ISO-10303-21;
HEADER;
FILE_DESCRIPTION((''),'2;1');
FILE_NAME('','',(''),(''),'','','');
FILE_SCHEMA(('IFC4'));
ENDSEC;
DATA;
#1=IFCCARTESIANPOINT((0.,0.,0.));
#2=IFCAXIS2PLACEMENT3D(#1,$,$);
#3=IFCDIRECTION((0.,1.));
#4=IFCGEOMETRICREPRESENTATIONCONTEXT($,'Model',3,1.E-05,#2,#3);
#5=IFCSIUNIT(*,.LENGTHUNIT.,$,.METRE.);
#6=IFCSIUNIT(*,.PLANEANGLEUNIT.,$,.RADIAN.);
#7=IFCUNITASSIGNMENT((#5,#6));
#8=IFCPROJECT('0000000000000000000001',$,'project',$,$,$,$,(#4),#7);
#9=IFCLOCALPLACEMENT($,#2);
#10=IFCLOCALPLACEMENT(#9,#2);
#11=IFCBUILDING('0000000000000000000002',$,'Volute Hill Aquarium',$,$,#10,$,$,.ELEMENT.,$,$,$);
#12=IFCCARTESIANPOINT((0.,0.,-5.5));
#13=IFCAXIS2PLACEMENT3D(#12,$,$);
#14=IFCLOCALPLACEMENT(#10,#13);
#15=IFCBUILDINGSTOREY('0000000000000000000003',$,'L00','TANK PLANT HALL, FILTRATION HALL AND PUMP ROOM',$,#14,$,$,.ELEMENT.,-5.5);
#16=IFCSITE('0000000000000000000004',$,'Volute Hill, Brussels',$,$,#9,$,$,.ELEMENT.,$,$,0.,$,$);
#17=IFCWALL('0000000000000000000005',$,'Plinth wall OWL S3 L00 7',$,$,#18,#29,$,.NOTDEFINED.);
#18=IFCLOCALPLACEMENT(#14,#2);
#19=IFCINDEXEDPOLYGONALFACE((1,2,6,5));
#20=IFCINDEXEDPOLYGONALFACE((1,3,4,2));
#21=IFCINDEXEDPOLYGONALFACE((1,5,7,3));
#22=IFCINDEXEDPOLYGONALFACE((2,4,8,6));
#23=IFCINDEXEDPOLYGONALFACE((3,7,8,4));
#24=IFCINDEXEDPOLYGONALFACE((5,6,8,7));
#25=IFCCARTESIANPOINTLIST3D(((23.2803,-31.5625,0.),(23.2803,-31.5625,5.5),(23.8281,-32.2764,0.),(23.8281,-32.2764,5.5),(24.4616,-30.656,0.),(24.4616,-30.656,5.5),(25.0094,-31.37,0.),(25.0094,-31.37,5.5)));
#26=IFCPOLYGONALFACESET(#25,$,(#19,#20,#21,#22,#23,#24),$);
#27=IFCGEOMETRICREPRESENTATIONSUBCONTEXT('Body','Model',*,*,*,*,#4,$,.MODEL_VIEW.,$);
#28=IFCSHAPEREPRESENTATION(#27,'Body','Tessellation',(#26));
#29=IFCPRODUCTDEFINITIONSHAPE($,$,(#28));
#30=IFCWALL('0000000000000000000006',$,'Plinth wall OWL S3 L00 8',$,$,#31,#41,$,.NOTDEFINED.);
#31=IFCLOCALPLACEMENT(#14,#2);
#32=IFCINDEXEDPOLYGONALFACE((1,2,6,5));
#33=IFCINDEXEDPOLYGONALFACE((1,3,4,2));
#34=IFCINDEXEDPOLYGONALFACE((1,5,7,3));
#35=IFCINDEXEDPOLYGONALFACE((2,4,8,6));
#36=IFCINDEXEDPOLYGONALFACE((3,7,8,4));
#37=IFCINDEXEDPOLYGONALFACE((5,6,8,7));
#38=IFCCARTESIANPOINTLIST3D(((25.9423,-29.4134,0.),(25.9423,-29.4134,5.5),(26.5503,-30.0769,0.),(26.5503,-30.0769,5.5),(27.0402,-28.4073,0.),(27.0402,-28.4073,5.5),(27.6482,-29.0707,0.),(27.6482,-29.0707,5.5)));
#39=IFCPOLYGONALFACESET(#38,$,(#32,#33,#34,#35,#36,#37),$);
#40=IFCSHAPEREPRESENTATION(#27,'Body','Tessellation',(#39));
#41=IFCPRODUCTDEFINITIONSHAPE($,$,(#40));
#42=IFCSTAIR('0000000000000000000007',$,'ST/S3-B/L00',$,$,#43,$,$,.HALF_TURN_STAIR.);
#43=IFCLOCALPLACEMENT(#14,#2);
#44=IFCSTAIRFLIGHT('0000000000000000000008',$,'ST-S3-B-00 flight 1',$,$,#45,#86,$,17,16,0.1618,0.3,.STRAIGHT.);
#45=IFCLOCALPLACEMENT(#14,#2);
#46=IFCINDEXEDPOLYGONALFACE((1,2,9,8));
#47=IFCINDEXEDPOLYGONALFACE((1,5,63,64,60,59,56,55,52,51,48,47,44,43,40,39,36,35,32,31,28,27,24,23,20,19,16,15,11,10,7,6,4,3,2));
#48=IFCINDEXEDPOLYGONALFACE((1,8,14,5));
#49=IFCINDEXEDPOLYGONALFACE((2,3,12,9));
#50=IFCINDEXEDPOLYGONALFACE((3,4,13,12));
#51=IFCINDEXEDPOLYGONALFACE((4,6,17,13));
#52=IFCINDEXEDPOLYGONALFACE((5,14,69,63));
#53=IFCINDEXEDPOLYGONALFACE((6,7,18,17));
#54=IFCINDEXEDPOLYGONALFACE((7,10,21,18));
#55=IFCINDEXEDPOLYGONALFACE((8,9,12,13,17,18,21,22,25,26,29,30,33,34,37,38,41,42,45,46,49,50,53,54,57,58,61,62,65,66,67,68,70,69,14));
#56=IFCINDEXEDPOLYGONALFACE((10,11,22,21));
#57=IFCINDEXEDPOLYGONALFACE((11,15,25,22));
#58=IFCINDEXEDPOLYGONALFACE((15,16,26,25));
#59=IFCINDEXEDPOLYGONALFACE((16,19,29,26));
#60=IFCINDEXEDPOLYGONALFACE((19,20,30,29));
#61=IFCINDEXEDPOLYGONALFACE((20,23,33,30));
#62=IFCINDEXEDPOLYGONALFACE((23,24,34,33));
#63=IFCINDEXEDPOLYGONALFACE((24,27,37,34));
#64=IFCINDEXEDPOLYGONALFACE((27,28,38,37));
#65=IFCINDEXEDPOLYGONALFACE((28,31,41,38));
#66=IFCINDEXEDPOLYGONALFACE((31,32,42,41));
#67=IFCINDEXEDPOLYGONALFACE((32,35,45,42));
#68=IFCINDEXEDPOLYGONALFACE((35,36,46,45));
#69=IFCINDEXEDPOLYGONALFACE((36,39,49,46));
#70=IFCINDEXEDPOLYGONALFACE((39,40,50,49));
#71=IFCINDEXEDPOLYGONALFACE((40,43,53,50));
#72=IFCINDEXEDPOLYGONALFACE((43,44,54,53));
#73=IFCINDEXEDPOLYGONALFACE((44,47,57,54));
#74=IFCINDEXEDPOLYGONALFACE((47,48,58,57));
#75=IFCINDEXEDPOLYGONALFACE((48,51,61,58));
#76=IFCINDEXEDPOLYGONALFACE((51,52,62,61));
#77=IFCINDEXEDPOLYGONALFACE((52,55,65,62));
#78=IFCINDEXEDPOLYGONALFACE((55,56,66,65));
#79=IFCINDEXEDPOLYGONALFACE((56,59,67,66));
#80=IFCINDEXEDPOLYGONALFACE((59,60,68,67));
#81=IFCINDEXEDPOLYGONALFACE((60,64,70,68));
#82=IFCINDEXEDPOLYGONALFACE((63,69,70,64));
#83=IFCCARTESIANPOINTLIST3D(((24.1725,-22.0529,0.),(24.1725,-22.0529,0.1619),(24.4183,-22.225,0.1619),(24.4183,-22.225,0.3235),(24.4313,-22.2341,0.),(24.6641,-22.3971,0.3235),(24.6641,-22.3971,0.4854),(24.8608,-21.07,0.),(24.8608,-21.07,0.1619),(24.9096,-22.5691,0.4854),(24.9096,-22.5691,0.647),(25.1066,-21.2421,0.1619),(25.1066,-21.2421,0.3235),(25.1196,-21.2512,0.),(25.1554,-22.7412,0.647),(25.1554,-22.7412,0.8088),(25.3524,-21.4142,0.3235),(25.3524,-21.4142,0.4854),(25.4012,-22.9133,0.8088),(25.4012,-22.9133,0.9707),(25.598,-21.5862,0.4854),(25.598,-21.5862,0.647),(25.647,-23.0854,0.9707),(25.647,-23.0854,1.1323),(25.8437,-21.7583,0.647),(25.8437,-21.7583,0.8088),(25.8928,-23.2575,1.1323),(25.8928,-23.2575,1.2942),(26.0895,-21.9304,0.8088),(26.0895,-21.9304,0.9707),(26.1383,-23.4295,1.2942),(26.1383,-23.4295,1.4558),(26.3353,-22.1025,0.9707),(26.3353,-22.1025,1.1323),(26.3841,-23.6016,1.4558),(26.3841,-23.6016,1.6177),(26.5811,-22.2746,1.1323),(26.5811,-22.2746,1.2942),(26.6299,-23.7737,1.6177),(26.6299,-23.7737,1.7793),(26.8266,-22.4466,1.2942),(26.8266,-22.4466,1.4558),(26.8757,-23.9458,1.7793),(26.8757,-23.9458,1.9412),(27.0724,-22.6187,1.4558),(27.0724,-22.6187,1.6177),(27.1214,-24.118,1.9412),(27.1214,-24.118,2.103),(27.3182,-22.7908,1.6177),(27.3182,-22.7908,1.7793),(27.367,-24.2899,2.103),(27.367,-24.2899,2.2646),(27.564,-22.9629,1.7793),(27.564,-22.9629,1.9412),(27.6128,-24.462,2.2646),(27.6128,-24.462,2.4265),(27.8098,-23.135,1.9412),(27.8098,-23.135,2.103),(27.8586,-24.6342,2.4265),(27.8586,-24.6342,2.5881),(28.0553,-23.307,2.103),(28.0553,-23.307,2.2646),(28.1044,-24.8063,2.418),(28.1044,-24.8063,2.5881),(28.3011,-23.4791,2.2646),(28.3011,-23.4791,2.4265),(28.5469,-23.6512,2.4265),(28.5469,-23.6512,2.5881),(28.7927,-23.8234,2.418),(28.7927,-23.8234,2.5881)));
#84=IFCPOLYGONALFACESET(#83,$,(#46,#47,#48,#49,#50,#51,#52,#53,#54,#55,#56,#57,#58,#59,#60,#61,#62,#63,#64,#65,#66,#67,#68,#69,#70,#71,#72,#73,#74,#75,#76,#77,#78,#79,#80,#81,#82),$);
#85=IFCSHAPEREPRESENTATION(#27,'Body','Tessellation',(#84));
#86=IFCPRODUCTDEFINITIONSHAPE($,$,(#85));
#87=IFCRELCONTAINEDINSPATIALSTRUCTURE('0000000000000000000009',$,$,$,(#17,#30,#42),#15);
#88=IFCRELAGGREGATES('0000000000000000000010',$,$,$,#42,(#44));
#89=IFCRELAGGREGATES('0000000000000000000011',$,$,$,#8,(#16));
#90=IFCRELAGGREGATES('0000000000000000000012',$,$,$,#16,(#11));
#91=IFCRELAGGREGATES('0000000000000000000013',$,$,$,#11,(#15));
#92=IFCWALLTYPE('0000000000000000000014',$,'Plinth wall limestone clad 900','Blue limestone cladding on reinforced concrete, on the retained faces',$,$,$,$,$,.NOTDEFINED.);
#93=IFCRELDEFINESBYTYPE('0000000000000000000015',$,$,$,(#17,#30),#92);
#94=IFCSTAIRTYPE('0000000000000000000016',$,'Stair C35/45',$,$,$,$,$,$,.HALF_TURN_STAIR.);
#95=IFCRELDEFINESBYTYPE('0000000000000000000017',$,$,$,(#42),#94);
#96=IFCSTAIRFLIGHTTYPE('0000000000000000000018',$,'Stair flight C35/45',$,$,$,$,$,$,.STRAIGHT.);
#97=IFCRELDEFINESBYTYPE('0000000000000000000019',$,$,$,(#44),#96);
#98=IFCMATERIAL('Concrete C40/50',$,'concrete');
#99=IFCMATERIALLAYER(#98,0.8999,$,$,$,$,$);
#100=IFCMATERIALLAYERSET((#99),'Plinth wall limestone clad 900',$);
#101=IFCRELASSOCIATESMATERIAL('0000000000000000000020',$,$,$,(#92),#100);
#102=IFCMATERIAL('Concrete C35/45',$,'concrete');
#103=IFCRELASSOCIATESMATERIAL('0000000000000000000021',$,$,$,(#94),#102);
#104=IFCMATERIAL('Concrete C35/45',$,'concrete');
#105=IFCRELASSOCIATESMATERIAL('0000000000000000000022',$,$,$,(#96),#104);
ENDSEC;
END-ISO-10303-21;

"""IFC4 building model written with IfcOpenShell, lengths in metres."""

from ifc_helpers import new_model, si_unit, direction, frame, frame_2d, origin, place, context, subcontext, project, spatial, polyline, rectangle, outline, extrude, material, layer, layer_set, type_object, element, aggregate, save


model = new_model("IFC4")

# Units and contexts
model_context = context("Model", 3, precision=1e-05, world=origin(), true_north=direction((0.0, 1.0)))
body_context = subcontext(model_context, "Body", "Model", "MODEL_VIEW")
ifc_project = project(units=[si_unit("LENGTHUNIT", "METRE"), si_unit("PLANEANGLEUNIT", "RADIAN")], contexts=[model_context])

# Site, building, storey
site_placement = place(None, origin())
site = spatial("IfcSite", under=ifc_project, at=site_placement, Name="Volute Hill, Brussels", CompositionType="ELEMENT", RefElevation=0.0)
building_placement = place(site_placement, origin())
building = spatial("IfcBuilding", under=site, at=building_placement, Name="Volute Hill Aquarium", CompositionType="ELEMENT")
storey_placement = place(building_placement, frame((0.0, 0.0, -5.5)))
storey = spatial("IfcBuildingStorey", under=building, at=storey_placement, Name="L00", Description="TANK PLANT HALL, FILTRATION HALL AND PUMP ROOM", CompositionType="ELEMENT", Elevation=-5.5)

# Walls
ifc_material_1 = material(Name="Concrete C40/50", Category="concrete")
ifc_layer_1 = layer(ifc_material_1, 0.8999)
ifc_layer_set_1 = layer_set([ifc_layer_1], Name="Plinth wall limestone clad 900")
wall_type_1 = type_object("IfcWallType", Name="Plinth wall limestone clad 900", Description="Blue limestone cladding on reinforced concrete, on the retained faces", PredefinedType="NOTDEFINED", material=ifc_layer_set_1)
wall_1_placement = place(storey_placement, frame((24.7356, -31.0129, 0.0), z_axis=(0.0, 0.0, 1.0), x_axis=(-0.793361, -0.608752, 0.0)))
element("IfcWall", 1, at=wall_1_placement, inside=storey, type_object=wall_type_1, Name="Plinth wall OWL S3 L00 7", PredefinedType="NOTDEFINED", context=body_context, shape_type="SweptSolid", body=[
    extrude(rectangle(XDim=1.489, YDim=0.8999, at=frame_2d((0.7446, 0.0))), origin(), (0.0, 0.0, 1.0), 5.5),
])
wall_2_placement = place(storey_placement, frame((27.3442, -28.739, 0.0), z_axis=(0.0, 0.0, 1.0), x_axis=(-0.737256, -0.675613, 0.0)))
element("IfcWall", 2, at=wall_2_placement, inside=storey, type_object=wall_type_1, Name="Plinth wall OWL S3 L00 8", PredefinedType="NOTDEFINED", context=body_context, shape_type="SweptSolid", body=[
    extrude(rectangle(XDim=1.4893, YDim=0.8999, at=frame_2d((0.7446, 0.0))), origin(), (0.0, 0.0, 1.0), 5.5),
])

# Stair, stair flight
ifc_material_2 = material(Name="Concrete C35/45", Category="concrete")
stair_type = type_object("IfcStairType", Name="Stair C35/45", PredefinedType="HALF_TURN_STAIR", material=ifc_material_2)
stair_placement = place(storey_placement, origin())
stair = element("IfcStair", 3, at=stair_placement, inside=storey, type_object=stair_type, Name="ST/S3-B/L00", PredefinedType="HALF_TURN_STAIR")
ifc_material_3 = material(Name="Concrete C35/45", Category="concrete")
stair_flight_type = type_object("IfcStairFlightType", Name="Stair flight C35/45", PredefinedType="STRAIGHT", material=ifc_material_3)
stair_flight_placement = place(storey_placement, frame((24.5166, -21.5615, 0.0), z_axis=(0.0, 0.0, 1.0), x_axis=(0.819124, -0.573617, 0.0)))
stair_flight = element("IfcStairFlight", 4, at=stair_flight_placement, type_object=stair_flight_type, Name="ST-S3-B-00 flight 1", NumberOfRisers=17, NumberOfTreads=16, PredefinedType="STRAIGHT", RiserHeight=0.1618, TreadLength=0.3, context=body_context, shape_type="SweptSolid", body=[
    extrude(outline(polyline([(0.0, 0.0), (0.0, 0.1619), (0.3, 0.1619), (0.3, 0.3235), (0.6001, 0.3235), (0.6001, 0.4854), (0.8999, 0.4854), (0.8999, 0.647), (1.2, 0.647), (1.2, 0.8088), (1.5, 0.8088), (1.5, 0.9707), (1.8, 0.9707), (1.8, 1.1323), (2.1001, 1.1323), (2.1001, 1.2942), (2.3999, 1.2942), (2.3999, 1.4558), (2.7, 1.4558), (2.7, 1.6177), (3.0, 1.6177), (3.0, 1.7793), (3.3, 1.7793), (3.3, 1.9412), (3.6001, 1.9412), (3.6001, 2.103), (3.8999, 2.103), (3.8999, 2.2646), (4.2, 2.2646), (4.2, 2.4265), (4.5, 2.4265), (4.5, 2.5881), (4.8, 2.5881), (4.8, 2.75), (4.8, 2.418), (0.3159, 0.0), (0.0, 0.0)])), frame((0.0, 0.6001, 0.0), z_axis=(0.0, -1.0, 0.0), x_axis=(1.0, 0.0, 0.0)), (0.0, 0.0, 1.0), 1.2),
])
aggregate(stair, [stair_flight])

save(model, "model.ifc")
